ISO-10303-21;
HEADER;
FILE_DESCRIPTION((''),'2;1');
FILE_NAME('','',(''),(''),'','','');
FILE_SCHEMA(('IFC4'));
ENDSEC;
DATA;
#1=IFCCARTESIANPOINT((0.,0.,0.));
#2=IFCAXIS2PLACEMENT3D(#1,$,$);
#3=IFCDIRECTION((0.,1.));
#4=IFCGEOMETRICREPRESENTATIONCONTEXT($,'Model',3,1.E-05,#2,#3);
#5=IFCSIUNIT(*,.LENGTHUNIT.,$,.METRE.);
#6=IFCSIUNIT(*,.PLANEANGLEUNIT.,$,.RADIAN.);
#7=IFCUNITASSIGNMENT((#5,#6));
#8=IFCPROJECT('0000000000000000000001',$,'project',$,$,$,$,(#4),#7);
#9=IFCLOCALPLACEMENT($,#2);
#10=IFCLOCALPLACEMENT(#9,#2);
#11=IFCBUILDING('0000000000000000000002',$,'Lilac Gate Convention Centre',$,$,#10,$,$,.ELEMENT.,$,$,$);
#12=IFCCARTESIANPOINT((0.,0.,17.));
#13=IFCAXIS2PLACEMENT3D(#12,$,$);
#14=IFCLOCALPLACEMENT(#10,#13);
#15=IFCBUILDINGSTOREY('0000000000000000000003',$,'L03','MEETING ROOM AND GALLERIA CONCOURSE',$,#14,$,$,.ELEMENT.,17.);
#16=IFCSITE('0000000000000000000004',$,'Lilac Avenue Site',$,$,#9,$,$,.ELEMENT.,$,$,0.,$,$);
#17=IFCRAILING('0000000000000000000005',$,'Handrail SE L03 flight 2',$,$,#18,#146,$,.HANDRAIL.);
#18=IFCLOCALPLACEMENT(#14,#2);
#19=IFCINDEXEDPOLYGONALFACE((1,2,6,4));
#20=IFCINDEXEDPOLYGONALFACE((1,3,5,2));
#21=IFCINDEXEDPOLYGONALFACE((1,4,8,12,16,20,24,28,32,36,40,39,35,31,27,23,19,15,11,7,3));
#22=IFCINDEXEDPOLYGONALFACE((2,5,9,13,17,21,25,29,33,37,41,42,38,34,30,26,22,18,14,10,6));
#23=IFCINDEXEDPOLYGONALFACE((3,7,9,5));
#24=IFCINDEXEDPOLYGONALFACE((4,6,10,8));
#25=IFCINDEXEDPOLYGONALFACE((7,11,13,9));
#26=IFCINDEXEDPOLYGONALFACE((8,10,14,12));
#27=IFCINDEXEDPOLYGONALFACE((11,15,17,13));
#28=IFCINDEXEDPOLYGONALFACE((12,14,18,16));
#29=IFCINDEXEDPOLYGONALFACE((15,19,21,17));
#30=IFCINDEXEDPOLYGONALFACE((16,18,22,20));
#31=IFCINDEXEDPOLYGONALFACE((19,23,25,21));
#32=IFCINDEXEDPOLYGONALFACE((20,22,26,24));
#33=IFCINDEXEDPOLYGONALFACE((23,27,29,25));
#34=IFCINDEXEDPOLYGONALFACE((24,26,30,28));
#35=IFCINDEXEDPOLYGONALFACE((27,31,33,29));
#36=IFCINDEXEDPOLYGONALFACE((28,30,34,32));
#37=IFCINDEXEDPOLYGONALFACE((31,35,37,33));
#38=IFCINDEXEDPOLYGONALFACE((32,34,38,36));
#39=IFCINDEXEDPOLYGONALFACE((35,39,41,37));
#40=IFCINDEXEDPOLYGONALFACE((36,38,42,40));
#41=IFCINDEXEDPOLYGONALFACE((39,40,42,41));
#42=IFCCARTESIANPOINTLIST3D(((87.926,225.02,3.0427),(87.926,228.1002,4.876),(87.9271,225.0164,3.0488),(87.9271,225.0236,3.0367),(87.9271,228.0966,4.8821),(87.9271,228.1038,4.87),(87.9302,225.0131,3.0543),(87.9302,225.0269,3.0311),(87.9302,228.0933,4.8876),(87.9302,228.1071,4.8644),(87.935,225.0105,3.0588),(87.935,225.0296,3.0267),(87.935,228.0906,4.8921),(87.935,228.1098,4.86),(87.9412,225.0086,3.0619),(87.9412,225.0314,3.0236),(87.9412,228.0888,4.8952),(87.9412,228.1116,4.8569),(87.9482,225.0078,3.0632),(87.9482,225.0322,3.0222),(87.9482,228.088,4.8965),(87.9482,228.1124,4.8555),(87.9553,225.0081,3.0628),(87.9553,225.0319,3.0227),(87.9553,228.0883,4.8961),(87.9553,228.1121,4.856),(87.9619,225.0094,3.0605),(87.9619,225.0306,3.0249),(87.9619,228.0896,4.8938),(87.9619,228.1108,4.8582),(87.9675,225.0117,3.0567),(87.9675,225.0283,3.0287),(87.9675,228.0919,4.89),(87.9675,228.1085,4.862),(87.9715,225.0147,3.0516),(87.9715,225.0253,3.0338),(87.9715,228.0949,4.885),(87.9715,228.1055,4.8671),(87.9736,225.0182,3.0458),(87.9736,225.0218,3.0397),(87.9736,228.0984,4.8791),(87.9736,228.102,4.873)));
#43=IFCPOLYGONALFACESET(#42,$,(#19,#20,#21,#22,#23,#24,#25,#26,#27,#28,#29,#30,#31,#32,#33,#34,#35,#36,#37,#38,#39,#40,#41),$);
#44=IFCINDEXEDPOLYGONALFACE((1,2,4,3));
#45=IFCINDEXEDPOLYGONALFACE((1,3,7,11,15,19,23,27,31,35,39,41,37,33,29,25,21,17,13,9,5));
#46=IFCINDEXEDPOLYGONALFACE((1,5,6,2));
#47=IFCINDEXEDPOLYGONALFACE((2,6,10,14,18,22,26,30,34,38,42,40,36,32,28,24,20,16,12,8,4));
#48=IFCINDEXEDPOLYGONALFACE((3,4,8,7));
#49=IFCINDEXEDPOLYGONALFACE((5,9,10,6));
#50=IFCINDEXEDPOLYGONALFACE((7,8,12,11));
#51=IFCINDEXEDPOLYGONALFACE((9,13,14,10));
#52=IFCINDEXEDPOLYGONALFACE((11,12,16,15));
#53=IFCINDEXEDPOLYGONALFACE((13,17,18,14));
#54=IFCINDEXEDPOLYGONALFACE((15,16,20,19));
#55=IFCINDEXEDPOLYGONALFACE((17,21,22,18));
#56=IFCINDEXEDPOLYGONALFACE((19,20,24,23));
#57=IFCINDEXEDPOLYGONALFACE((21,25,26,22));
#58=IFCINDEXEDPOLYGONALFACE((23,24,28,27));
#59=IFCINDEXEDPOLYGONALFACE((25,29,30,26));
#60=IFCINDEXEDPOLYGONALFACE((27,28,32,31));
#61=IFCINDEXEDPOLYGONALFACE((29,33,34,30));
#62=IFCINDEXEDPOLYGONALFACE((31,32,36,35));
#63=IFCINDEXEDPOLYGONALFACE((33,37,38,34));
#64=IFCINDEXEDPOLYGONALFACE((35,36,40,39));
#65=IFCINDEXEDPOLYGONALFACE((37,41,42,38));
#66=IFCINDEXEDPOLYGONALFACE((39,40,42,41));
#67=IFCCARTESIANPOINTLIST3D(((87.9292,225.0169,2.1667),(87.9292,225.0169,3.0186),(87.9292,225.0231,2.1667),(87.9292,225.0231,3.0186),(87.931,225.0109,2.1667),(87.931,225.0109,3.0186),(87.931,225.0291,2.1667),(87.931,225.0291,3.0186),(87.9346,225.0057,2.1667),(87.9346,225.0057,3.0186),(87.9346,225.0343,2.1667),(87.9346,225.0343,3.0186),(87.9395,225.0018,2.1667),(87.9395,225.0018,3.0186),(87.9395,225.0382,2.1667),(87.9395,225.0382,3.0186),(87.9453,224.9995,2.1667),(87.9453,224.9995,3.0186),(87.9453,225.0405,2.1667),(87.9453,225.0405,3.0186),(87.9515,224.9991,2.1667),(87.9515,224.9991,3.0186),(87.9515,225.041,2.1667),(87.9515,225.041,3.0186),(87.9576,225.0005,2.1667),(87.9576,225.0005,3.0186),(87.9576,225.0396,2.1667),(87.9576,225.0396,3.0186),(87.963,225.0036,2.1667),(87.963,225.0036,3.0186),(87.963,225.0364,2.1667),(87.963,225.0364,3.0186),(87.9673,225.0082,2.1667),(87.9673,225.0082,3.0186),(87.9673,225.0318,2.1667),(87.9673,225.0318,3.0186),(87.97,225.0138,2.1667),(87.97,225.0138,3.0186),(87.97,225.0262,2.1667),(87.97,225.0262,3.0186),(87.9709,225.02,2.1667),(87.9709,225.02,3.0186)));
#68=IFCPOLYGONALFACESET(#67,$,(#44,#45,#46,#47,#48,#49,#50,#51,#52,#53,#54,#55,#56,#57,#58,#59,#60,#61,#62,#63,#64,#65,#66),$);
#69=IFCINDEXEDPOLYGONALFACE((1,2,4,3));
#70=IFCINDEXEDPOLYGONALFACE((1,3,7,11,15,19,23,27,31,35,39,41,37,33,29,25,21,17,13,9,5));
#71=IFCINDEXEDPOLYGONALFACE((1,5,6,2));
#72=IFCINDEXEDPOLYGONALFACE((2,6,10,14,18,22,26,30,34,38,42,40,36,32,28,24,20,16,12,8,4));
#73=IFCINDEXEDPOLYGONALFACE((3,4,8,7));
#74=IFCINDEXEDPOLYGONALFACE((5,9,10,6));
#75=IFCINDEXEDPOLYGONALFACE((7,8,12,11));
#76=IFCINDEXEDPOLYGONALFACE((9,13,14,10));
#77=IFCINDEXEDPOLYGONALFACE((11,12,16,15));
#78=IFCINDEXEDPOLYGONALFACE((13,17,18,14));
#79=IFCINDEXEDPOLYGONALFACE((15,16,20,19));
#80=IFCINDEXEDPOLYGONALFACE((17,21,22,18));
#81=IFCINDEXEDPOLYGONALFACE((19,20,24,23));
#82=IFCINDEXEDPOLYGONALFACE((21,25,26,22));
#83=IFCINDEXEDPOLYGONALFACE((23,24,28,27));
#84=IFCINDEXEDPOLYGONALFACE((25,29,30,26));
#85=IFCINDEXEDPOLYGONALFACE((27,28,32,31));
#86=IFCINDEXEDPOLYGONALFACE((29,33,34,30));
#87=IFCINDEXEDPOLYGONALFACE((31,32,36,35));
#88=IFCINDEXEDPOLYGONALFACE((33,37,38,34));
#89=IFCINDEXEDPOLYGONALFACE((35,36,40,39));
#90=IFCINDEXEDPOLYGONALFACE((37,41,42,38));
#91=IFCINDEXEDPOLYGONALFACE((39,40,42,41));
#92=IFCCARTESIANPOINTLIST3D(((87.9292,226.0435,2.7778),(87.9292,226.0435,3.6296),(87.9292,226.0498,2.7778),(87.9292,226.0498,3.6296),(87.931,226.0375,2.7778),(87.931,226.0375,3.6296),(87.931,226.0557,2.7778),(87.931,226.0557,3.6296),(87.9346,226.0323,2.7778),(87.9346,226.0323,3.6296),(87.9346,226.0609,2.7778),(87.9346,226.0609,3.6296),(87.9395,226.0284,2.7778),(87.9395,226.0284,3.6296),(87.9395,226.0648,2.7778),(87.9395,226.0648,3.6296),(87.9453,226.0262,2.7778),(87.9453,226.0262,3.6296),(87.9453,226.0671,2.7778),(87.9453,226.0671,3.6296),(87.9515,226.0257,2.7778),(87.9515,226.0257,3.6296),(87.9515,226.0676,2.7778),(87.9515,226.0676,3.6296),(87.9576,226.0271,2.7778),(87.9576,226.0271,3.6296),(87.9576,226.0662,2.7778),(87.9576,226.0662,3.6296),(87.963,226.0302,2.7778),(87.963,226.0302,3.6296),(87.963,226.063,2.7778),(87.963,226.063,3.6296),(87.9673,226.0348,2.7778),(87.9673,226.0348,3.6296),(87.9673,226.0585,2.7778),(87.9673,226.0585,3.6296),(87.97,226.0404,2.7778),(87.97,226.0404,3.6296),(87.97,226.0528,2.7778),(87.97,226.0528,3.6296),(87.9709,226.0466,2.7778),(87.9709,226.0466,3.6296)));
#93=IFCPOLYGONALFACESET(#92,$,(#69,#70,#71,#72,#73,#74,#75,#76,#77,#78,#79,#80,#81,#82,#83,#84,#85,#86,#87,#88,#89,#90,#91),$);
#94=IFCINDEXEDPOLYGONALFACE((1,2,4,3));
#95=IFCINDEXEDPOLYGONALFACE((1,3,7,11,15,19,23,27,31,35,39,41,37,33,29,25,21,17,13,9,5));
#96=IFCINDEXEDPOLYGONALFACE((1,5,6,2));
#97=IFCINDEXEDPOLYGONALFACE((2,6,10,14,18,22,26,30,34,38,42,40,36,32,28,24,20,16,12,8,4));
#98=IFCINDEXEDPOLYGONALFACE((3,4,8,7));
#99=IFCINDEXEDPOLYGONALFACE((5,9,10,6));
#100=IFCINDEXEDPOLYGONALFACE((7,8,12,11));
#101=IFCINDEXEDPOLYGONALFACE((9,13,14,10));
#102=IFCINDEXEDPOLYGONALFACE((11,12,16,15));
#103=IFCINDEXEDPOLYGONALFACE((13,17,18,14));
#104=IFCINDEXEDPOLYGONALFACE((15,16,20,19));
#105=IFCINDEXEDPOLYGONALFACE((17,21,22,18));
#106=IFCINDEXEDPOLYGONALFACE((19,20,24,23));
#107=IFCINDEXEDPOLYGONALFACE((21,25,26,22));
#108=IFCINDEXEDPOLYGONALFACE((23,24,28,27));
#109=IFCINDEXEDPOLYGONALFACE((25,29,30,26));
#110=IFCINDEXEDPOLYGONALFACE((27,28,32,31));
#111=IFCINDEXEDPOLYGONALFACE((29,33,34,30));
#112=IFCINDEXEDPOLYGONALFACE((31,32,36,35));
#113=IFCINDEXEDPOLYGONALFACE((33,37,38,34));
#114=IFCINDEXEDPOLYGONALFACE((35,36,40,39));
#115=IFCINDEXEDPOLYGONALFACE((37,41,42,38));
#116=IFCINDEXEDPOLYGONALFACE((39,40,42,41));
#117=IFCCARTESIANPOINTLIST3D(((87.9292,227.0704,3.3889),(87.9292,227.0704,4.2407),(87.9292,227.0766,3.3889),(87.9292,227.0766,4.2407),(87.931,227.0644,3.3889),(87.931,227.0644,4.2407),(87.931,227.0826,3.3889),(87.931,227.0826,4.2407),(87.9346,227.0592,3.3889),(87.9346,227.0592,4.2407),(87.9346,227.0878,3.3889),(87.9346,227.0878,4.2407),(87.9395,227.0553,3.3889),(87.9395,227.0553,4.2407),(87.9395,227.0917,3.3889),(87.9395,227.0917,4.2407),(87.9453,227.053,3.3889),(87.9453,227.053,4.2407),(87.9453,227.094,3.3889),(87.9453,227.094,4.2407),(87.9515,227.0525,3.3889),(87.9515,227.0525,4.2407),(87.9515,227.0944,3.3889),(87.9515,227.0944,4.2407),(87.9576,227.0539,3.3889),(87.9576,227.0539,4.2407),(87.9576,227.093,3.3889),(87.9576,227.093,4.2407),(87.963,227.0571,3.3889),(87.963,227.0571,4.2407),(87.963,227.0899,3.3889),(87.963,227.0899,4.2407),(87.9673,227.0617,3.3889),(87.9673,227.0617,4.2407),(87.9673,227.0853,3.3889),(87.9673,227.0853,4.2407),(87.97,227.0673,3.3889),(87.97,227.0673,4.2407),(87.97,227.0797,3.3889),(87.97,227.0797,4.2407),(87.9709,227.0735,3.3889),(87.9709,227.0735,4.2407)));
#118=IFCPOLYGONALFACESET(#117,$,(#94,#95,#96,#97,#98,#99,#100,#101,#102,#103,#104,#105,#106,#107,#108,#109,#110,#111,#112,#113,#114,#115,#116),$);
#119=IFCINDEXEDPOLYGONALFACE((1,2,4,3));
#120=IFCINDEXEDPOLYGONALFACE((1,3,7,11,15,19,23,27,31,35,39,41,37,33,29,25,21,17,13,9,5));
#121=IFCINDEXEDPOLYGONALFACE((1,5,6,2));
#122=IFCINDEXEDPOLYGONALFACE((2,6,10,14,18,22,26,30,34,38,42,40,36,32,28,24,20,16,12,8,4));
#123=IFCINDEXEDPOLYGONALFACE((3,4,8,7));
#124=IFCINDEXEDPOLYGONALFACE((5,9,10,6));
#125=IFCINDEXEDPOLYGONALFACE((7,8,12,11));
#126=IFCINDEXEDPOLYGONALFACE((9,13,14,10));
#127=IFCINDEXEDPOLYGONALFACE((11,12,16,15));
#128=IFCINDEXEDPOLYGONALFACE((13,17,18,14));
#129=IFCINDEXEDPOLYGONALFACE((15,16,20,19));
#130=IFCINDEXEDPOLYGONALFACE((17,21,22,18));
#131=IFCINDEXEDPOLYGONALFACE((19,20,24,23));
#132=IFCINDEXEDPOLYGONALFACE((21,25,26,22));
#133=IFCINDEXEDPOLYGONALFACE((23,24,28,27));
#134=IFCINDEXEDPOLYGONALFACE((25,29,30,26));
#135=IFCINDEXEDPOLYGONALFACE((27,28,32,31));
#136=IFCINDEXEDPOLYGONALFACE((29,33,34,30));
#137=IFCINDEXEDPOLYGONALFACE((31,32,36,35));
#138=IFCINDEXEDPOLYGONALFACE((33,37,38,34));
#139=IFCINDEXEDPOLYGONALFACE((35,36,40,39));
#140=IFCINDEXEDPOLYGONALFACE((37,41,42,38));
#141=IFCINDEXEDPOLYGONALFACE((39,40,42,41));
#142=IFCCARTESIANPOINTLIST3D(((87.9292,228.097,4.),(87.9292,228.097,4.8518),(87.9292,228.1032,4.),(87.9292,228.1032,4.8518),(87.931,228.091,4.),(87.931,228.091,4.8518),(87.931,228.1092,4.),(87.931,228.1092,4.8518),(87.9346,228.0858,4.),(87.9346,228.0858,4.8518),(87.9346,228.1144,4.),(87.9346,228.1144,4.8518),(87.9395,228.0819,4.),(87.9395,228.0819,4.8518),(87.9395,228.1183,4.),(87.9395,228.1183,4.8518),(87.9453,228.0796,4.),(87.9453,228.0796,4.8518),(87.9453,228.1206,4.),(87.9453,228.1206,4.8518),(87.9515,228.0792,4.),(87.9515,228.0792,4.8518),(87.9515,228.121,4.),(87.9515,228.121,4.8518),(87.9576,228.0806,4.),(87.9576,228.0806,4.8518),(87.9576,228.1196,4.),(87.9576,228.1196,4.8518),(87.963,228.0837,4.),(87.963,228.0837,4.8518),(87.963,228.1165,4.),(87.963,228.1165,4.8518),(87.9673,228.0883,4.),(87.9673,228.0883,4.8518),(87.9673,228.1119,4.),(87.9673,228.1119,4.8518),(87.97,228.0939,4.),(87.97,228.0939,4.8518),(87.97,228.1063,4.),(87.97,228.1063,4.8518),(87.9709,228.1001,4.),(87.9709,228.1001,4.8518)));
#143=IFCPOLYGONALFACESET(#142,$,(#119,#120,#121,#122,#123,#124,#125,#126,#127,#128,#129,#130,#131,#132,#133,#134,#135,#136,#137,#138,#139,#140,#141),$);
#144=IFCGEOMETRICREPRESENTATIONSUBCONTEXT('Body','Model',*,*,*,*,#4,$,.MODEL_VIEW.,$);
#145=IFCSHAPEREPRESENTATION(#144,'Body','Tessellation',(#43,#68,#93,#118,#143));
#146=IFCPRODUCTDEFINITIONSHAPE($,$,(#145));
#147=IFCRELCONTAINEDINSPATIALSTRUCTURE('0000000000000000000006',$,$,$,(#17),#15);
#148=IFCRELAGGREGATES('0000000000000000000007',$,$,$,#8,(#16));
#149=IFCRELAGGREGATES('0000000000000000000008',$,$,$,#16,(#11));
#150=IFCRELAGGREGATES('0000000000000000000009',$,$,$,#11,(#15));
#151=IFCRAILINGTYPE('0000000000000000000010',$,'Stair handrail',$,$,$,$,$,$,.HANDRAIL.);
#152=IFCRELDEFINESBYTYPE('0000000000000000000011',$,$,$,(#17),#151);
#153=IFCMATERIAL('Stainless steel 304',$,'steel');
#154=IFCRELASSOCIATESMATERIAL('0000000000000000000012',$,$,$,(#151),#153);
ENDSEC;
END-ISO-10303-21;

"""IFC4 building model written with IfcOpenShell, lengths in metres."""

from ifc_helpers import new_model, si_unit, direction, frame, origin, origin_2d, place, context, subcontext, project, spatial, circle, extrude, material, type_object, element, save


model = new_model("IFC4")

# Units and contexts
model_context = context("Model", 3, precision=1e-05, world=origin(), true_north=direction((0.0, 1.0)))
body_context = subcontext(model_context, "Body", "Model", "MODEL_VIEW")
ifc_project = project(units=[si_unit("LENGTHUNIT", "METRE"), si_unit("PLANEANGLEUNIT", "RADIAN")], contexts=[model_context])

# Site, building, storey
site_placement = place(None, origin())
site = spatial("IfcSite", under=ifc_project, at=site_placement, Name="Lilac Avenue Site", CompositionType="ELEMENT", RefElevation=0.0)
building_placement = place(site_placement, origin())
building = spatial("IfcBuilding", under=site, at=building_placement, Name="Lilac Gate Convention Centre", CompositionType="ELEMENT")
storey_placement = place(building_placement, frame((0.0, 0.0, 17.0)))
storey = spatial("IfcBuildingStorey", under=building, at=storey_placement, Name="L03", Description="MEETING ROOM AND GALLERIA CONCOURSE", CompositionType="ELEMENT", Elevation=17.0)

# Railing
ifc_material_1 = material(Name="Stainless steel 304", Category="steel")
railing_type = type_object("IfcRailingType", Name="Stair handrail", PredefinedType="HANDRAIL", material=ifc_material_1)
for number, where, name in (
    (1, (87.95, 225.02, 2.1667), "Handrail SE L03 flight 2"),
):
    element("IfcRailing", number, at=place(storey_placement, frame(where)), inside=storey, type_object=railing_type, Name=name, PredefinedType="HANDRAIL", context=body_context, shape_type="SweptSolid", body=[
        extrude(circle(Radius=0.0239, at=origin_2d()), frame((0.0, 0.0, 0.876), z_axis=(0.0, 0.859309, 0.511458), x_axis=(-1.0, 0.0, 0.0)), (0.0, 0.0, 1.0), 3.5845),
        extrude(circle(Radius=0.021, at=origin_2d()), origin(), (0.0, 0.0, 1.0), 0.8518),
        extrude(circle(Radius=0.021, at=origin_2d()), frame((0.0, 1.0266, 0.6111)), (0.0, 0.0, 1.0), 0.8518),
        extrude(circle(Radius=0.021, at=origin_2d()), frame((0.0, 2.0535, 1.2222)), (0.0, 0.0, 1.0), 0.8518),
        extrude(circle(Radius=0.021, at=origin_2d()), frame((0.0, 3.0801, 1.8333)), (0.0, 0.0, 1.0), 0.8518),
    ])

save(model, "model.ifc")
